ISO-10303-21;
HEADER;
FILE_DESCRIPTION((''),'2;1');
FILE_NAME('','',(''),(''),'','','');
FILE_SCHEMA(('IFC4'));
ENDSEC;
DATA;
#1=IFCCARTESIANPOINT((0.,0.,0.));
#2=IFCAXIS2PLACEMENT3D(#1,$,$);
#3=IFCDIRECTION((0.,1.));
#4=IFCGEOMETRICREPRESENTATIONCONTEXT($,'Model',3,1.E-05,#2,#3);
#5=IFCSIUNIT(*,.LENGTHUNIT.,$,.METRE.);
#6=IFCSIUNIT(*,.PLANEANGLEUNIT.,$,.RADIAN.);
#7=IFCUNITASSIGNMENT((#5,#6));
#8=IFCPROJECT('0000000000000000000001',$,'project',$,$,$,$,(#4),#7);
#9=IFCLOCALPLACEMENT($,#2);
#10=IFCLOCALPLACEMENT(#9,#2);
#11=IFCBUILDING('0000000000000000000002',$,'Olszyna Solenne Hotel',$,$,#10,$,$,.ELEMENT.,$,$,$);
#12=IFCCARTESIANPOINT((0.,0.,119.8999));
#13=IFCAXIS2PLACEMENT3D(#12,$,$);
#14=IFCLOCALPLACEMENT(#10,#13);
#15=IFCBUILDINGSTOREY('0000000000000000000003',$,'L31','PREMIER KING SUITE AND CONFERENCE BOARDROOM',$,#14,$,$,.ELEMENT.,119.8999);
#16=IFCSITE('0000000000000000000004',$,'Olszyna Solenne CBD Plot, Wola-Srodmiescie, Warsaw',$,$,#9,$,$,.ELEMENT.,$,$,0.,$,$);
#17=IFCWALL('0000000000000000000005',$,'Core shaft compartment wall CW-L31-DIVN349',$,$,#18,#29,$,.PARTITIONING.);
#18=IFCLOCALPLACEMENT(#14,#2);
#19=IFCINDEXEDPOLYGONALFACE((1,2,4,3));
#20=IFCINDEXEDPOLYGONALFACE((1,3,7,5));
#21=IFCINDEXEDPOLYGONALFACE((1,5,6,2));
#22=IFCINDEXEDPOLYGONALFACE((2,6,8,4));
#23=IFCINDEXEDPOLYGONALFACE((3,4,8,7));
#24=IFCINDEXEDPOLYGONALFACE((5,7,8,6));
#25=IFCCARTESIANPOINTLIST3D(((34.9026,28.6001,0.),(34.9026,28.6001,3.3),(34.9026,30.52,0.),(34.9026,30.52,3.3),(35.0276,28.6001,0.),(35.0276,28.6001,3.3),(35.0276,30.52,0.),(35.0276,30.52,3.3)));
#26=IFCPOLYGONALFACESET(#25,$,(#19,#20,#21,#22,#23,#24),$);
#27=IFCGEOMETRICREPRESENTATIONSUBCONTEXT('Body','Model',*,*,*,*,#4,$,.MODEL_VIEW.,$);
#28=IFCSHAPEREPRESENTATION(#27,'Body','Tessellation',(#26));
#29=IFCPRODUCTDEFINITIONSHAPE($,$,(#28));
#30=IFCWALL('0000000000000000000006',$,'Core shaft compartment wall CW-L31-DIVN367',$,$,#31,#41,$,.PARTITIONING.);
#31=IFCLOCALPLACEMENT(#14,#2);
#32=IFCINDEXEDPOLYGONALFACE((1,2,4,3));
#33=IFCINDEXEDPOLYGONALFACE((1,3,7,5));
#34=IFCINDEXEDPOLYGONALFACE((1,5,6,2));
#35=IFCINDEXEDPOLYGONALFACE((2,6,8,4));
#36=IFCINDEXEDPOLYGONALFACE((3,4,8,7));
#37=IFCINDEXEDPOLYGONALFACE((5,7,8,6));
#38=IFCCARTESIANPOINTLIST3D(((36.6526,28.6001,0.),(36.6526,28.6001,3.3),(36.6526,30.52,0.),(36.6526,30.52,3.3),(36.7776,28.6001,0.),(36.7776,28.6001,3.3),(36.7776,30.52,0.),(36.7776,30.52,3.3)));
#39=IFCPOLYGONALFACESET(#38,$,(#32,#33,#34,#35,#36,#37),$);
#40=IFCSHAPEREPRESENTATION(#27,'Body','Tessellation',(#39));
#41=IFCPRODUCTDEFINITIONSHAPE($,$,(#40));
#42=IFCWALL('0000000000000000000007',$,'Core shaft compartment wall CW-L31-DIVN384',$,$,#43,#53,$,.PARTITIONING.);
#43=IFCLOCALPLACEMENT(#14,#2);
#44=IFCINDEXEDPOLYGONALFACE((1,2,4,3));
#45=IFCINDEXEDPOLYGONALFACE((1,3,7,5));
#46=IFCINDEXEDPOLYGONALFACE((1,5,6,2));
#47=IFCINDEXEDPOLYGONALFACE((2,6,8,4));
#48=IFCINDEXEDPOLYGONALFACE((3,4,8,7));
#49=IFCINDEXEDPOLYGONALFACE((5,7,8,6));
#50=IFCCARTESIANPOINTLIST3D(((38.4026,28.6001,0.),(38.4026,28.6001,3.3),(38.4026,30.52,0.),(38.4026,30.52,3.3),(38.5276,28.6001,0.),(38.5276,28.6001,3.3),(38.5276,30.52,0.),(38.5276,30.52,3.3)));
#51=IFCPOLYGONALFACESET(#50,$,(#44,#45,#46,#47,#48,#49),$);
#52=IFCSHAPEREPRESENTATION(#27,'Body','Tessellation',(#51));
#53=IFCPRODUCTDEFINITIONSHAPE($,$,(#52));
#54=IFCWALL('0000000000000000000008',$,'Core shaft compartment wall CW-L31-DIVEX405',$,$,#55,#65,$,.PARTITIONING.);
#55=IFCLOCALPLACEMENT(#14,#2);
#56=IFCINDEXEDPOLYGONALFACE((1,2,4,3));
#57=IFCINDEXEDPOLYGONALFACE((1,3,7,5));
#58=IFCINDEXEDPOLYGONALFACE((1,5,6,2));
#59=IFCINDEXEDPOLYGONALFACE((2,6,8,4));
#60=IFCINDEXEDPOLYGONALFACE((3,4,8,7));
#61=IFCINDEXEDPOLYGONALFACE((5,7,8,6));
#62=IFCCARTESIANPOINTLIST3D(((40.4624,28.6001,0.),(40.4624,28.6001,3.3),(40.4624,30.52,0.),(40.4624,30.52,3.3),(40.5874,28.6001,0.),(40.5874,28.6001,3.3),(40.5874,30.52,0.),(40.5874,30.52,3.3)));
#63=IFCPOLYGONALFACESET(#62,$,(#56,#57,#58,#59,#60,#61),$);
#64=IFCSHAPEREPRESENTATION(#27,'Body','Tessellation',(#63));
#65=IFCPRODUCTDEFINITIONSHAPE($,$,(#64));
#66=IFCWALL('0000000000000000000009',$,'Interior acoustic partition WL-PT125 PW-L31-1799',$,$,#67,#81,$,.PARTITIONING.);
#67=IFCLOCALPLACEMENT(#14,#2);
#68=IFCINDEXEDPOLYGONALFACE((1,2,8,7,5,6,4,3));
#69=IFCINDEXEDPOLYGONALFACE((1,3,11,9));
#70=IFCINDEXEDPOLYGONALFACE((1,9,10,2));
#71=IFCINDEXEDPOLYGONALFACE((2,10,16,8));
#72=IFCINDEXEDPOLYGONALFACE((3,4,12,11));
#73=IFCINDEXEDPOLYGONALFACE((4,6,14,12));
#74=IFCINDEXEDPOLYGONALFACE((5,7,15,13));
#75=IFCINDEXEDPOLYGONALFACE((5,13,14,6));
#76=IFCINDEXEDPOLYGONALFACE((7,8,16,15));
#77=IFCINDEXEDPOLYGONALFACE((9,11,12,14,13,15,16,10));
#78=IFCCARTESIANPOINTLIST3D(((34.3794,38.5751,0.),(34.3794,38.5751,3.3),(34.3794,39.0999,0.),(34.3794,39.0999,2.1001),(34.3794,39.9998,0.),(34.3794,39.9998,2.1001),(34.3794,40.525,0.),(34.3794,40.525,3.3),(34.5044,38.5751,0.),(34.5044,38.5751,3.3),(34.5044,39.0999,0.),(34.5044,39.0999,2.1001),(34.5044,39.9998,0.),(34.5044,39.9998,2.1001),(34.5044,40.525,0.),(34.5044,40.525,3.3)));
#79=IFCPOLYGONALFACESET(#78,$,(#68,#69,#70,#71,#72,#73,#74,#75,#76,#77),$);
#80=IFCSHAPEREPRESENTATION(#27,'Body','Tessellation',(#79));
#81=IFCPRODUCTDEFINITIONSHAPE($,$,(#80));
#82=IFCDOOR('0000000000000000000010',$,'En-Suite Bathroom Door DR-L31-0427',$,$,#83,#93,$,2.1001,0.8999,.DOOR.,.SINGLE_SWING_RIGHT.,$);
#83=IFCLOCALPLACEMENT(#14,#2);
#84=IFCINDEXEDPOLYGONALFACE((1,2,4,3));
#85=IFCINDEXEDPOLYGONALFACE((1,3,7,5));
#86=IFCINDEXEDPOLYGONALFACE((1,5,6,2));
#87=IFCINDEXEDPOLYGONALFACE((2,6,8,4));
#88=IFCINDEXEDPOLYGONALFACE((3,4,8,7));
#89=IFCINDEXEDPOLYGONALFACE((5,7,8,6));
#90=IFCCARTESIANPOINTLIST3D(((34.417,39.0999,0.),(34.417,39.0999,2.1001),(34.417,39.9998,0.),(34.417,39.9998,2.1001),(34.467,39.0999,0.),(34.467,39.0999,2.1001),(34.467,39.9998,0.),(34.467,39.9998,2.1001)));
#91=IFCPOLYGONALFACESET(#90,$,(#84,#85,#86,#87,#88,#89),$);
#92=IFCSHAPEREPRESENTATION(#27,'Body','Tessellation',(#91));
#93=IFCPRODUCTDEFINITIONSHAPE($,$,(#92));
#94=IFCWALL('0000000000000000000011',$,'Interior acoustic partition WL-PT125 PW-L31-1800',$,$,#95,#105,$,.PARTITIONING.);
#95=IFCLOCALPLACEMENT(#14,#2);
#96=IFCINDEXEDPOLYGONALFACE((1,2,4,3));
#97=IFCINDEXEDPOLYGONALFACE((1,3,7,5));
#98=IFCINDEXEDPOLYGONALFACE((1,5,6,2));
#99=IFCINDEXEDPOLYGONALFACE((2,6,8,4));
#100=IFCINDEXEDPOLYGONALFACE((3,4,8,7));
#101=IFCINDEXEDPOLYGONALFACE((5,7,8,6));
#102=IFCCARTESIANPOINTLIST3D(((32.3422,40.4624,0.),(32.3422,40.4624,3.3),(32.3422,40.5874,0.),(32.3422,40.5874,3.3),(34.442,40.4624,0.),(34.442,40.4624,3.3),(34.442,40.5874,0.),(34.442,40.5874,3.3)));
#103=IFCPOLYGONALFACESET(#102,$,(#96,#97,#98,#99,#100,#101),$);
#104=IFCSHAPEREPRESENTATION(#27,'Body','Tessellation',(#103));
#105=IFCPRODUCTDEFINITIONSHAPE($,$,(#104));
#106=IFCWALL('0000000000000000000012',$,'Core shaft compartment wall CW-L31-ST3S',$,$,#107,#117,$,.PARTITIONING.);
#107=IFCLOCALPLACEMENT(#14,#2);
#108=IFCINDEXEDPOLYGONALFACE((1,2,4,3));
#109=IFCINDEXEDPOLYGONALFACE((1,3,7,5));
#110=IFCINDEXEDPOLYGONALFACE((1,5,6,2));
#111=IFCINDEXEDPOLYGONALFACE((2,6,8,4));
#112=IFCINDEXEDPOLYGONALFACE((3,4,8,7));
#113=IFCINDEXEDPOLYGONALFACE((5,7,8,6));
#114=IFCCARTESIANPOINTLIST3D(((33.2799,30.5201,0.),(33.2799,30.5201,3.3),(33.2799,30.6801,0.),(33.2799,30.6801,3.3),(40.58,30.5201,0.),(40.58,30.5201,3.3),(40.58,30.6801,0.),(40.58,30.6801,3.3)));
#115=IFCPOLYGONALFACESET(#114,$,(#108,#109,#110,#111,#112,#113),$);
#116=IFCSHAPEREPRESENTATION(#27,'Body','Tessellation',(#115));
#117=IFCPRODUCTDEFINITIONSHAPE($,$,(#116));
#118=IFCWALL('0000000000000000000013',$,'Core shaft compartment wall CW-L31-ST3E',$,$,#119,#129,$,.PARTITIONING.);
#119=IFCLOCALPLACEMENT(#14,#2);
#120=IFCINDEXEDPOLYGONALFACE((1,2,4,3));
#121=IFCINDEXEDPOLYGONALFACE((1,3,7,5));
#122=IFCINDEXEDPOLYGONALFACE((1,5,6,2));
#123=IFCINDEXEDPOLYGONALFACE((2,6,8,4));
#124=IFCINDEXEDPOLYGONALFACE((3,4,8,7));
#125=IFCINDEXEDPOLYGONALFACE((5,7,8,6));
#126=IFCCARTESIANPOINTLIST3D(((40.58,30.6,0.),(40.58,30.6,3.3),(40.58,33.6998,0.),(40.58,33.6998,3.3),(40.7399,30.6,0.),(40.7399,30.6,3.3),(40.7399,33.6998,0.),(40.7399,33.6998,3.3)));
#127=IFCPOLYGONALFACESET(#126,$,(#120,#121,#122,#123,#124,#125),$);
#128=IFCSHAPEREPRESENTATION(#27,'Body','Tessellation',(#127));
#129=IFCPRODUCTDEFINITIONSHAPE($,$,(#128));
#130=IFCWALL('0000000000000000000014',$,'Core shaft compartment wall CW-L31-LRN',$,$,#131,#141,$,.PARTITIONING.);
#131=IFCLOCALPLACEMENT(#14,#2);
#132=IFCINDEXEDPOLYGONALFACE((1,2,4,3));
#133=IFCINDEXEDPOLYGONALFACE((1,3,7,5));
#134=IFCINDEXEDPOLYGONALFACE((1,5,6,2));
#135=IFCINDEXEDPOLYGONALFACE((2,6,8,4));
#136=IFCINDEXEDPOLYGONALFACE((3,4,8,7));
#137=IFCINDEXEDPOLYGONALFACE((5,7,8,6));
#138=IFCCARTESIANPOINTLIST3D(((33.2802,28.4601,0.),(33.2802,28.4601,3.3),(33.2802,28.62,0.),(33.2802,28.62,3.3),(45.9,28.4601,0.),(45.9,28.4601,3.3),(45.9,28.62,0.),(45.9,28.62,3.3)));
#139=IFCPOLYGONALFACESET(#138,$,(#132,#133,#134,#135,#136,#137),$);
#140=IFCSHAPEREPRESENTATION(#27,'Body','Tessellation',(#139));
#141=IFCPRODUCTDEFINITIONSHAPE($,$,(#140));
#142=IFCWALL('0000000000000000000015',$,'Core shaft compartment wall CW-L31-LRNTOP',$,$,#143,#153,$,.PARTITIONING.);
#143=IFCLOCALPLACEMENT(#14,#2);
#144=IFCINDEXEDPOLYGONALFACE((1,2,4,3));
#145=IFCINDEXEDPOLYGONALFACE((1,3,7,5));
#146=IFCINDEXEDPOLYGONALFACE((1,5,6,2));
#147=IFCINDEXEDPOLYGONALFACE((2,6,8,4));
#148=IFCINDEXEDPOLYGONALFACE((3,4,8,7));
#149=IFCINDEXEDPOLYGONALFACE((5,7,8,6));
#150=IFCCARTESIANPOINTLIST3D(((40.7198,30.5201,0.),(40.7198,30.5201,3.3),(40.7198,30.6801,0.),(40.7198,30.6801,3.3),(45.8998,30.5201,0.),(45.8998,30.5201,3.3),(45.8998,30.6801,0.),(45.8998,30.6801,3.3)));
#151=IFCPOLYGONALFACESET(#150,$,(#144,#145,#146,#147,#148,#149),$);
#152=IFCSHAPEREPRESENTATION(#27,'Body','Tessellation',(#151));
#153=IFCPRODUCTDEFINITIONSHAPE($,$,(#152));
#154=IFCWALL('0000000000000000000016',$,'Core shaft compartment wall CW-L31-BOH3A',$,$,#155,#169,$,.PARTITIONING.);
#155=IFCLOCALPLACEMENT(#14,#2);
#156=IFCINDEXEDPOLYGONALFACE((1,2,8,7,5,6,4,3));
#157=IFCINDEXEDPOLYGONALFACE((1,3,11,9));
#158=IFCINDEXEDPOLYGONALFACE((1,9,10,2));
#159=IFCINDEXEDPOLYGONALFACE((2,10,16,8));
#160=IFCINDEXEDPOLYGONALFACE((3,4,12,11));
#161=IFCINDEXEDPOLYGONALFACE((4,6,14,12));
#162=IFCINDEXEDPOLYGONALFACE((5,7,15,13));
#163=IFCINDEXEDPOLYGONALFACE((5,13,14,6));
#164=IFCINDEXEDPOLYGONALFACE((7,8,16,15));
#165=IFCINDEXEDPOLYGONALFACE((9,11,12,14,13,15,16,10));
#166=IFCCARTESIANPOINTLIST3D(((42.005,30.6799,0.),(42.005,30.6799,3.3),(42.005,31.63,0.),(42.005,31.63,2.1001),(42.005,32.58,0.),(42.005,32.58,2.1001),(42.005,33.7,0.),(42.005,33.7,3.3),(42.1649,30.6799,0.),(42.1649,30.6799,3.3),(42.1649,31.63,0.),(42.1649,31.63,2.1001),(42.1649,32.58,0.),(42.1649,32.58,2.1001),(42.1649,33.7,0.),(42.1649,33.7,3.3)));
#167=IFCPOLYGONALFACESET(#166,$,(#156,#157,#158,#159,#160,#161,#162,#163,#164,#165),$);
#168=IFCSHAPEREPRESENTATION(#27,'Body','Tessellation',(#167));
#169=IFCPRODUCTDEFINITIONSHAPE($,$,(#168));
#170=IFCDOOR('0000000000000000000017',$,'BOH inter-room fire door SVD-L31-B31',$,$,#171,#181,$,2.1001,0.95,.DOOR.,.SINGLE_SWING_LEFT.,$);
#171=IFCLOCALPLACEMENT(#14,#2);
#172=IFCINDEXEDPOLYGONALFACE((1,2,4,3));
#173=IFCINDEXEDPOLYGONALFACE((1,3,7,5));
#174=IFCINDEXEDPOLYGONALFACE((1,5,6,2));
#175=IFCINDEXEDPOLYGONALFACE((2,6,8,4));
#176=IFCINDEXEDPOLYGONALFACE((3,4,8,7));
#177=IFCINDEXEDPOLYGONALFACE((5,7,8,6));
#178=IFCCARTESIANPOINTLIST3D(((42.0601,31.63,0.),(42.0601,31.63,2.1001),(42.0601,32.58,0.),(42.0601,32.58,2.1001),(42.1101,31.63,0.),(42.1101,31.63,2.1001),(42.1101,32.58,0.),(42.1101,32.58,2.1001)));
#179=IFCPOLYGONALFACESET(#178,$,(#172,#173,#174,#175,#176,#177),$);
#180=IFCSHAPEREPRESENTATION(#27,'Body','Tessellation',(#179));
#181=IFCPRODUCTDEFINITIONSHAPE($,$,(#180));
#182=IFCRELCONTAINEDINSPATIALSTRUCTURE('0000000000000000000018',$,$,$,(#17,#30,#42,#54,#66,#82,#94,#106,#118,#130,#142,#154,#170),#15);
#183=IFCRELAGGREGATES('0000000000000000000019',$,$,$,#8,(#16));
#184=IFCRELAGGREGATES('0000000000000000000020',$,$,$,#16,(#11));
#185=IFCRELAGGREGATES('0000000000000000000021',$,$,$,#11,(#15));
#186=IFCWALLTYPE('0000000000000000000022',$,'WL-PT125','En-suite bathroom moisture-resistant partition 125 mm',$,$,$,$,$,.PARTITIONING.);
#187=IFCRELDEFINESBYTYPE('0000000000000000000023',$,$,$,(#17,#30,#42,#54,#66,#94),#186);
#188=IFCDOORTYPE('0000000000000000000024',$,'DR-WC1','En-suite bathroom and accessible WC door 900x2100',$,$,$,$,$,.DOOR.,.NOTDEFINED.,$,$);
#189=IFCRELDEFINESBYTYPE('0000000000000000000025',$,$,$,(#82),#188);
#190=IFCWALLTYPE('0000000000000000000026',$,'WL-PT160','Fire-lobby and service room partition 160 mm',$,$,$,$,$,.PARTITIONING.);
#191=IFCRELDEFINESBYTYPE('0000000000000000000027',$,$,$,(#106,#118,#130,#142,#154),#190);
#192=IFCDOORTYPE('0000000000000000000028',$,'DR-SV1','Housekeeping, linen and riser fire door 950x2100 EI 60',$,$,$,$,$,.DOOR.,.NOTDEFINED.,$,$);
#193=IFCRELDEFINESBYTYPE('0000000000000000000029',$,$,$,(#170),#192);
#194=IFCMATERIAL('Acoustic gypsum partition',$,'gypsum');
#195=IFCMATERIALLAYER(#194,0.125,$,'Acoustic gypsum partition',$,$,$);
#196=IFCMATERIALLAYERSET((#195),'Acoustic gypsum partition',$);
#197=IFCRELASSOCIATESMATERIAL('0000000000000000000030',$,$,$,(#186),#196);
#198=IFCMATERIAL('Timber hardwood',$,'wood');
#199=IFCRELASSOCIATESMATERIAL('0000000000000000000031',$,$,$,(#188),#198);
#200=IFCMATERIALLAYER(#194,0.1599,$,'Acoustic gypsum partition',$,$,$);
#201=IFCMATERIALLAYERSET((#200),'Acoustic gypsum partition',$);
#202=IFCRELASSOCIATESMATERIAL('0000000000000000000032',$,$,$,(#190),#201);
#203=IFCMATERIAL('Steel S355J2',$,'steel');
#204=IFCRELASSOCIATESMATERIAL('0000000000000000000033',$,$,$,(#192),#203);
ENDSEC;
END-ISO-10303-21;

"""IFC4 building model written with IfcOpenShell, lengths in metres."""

from ifc_helpers import new_model, si_unit, direction, frame, frame_2d, origin, place, context, subcontext, project, spatial, rectangle, extrude, source, transform, mapped, material, layer, layer_set, type_object, type_shapes, element, fill, save


model = new_model("IFC4")

# Units and contexts
model_context = context("Model", 3, precision=1e-05, world=origin(), true_north=direction((0.0, 1.0)))
body_context = subcontext(model_context, "Body", "Model", "MODEL_VIEW")
ifc_project = project(units=[si_unit("LENGTHUNIT", "METRE"), si_unit("PLANEANGLEUNIT", "RADIAN")], contexts=[model_context])

# Site, building, storey
site_placement = place(None, origin())
site = spatial("IfcSite", under=ifc_project, at=site_placement, Name="Olszyna Solenne CBD Plot, Wola-Srodmiescie, Warsaw", CompositionType="ELEMENT", RefElevation=0.0)
building_placement = place(site_placement, origin())
building = spatial("IfcBuilding", under=site, at=building_placement, Name="Olszyna Solenne Hotel", CompositionType="ELEMENT")
storey_placement = place(building_placement, frame((0.0, 0.0, 119.8999)))
storey = spatial("IfcBuildingStorey", under=building, at=storey_placement, Name="L31", Description="PREMIER KING SUITE AND CONFERENCE BOARDROOM", CompositionType="ELEMENT", Elevation=119.8999)

# Shared definitions
ifc_material_1 = material(Name="Steel S355J2", Category="steel")

# Walls
ifc_material_2 = material(Name="Acoustic gypsum partition", Category="gypsum")
ifc_layer_1 = layer(ifc_material_2, 0.125, Name="Acoustic gypsum partition")
ifc_layer_set_1 = layer_set([ifc_layer_1], Name="Acoustic gypsum partition")
wall_type_1 = type_object("IfcWallType", Name="WL-PT125", Description="En-suite bathroom moisture-resistant partition 125 mm", PredefinedType="PARTITIONING", material=ifc_layer_set_1)
for number, where, z_axis, x_axis, name in (
    (1, (34.9651, 28.6001, 0.0), (0.0, 0.0, 1.0), (0.0, 1.0, 0.0), "Core shaft compartment wall CW-L31-DIVN349"),
    (2, (36.7151, 28.6001, 0.0), (0.0, 0.0, 1.0), (0.0, 1.0, 0.0), "Core shaft compartment wall CW-L31-DIVN367"),
    (3, (38.4651, 28.6001, 0.0), (0.0, 0.0, 1.0), (0.0, 1.0, 0.0), "Core shaft compartment wall CW-L31-DIVN384"),
    (4, (40.5249, 28.6001, 0.0), (0.0, 0.0, 1.0), (0.0, 1.0, 0.0), "Core shaft compartment wall CW-L31-DIVEX405"),
):
    element("IfcWall", number, at=place(storey_placement, frame(where, z_axis=z_axis, x_axis=x_axis)), inside=storey, type_object=wall_type_1, Name=name, PredefinedType="PARTITIONING", context=body_context, shape_type="SweptSolid", body=[
        extrude(rectangle(XDim=1.9199, YDim=0.125, at=frame_2d((0.96, 0.0))), origin(), (0.0, 0.0, 1.0), 3.3),
    ])

# Wall, opening, door
wall_1_placement = place(storey_placement, frame((34.4419, 38.575, 0.0), z_axis=(0.0, 0.0, 1.0), x_axis=(0.0, 1.0, 0.0)))
wall_1 = element("IfcWall", 5, at=wall_1_placement, inside=storey, type_object=wall_type_1, Name="Interior acoustic partition WL-PT125 PW-L31-1799", PredefinedType="PARTITIONING", context=body_context, shape_type="SweptSolid", body=[
    extrude(rectangle(XDim=1.95, YDim=0.125, at=frame_2d((0.9751, 0.0))), origin(), (0.0, 0.0, 1.0), 3.3),
])
opening_1_placement = place(wall_1_placement, frame((0.5249, 0.0, 0.0)))
opening_1 = element("IfcOpeningElement", 6, at=opening_1_placement, cuts=wall_1, PredefinedType="OPENING", context=body_context, shape_type="SweptSolid", body=[
    extrude(rectangle(XDim=0.8999, YDim=2.1001, at=frame_2d((0.45, 1.05))), frame((0.0, 0.0725, 0.0), z_axis=(0.0, -1.0, 0.0), x_axis=(1.0, 0.0, 0.0)), (0.0, 0.0, 1.0), 0.145),
])
ifc_material_3 = material(Name="Timber hardwood", Category="wood")
door_type_1 = type_object("IfcDoorType", Name="DR-WC1", Description="En-suite bathroom and accessible WC door 900x2100", OperationType="NOTDEFINED", PredefinedType="DOOR", material=ifc_material_3)
shared_shape_1 = source(origin(), body_context, "Body", "SweptSolid", [
    extrude(rectangle(XDim=0.8999, YDim=2.1001, at=frame_2d((0.45, 1.05))), frame((0.0, 0.0249, 0.0), z_axis=(0.0, -1.0, 0.0), x_axis=(1.0, 0.0, 0.0)), (0.0, 0.0, 1.0), 0.05),
])
type_shapes(door_type_1, [shared_shape_1])
door_1_placement = place(opening_1_placement, origin())
door_1 = element("IfcDoor", 7, at=door_1_placement, inside=storey, type_object=door_type_1, Name="En-Suite Bathroom Door DR-L31-0427", OperationType="SINGLE_SWING_RIGHT", OverallHeight=2.1001, OverallWidth=0.8999, PredefinedType="DOOR", context=body_context, shape_type="MappedRepresentation", body=[
    mapped(shared_shape_1, transform((0.0, 0.0, 0.0), x_axis=(1.0, 0.0, 0.0), y_axis=(0.0, 1.0, 0.0), z_axis=(0.0, 0.0, 1.0), scale=1.0)),
])
fill(opening_1, door_1)

# Walls
wall_2_placement = place(storey_placement, frame((34.4419, 40.5249, 0.0), z_axis=(0.0, 0.0, 1.0), x_axis=(-1.0, 0.0, 0.0)))
element("IfcWall", 8, at=wall_2_placement, inside=storey, type_object=wall_type_1, Name="Interior acoustic partition WL-PT125 PW-L31-1800", PredefinedType="PARTITIONING", context=body_context, shape_type="SweptSolid", body=[
    extrude(rectangle(XDim=2.0999, YDim=0.125, at=frame_2d((1.0498, 0.0))), origin(), (0.0, 0.0, 1.0), 3.3),
])
ifc_layer_2 = layer(ifc_material_2, 0.1599, Name="Acoustic gypsum partition")
ifc_layer_set_2 = layer_set([ifc_layer_2], Name="Acoustic gypsum partition")
wall_type_2 = type_object("IfcWallType", Name="WL-PT160", Description="Fire-lobby and service room partition 160 mm", PredefinedType="PARTITIONING", material=ifc_layer_set_2)
wall_3_placement = place(storey_placement, frame((33.28, 30.6001, 0.0), z_axis=(0.0, 0.0, 1.0), x_axis=(1.0, 0.0, 0.0)))
element("IfcWall", 9, at=wall_3_placement, inside=storey, type_object=wall_type_2, Name="Core shaft compartment wall CW-L31-ST3S", PredefinedType="PARTITIONING", context=body_context, shape_type="SweptSolid", body=[
    extrude(rectangle(XDim=7.3, YDim=0.1599, at=frame_2d((3.6499, 0.0))), origin(), (0.0, 0.0, 1.0), 3.3),
])
wall_4_placement = place(storey_placement, frame((40.6599, 30.6001, 0.0), z_axis=(0.0, 0.0, 1.0), x_axis=(0.0, 1.0, 0.0)))
element("IfcWall", 10, at=wall_4_placement, inside=storey, type_object=wall_type_2, Name="Core shaft compartment wall CW-L31-ST3E", PredefinedType="PARTITIONING", context=body_context, shape_type="SweptSolid", body=[
    extrude(rectangle(XDim=3.0999, YDim=0.1599, at=frame_2d((1.5498, 0.0))), origin(), (0.0, 0.0, 1.0), 3.3),
])
wall_5_placement = place(storey_placement, frame((33.28, 28.54, 0.0), z_axis=(0.0, 0.0, 1.0), x_axis=(1.0, 0.0, 0.0)))
element("IfcWall", 11, at=wall_5_placement, inside=storey, type_object=wall_type_2, Name="Core shaft compartment wall CW-L31-LRN", PredefinedType="PARTITIONING", context=body_context, shape_type="SweptSolid", body=[
    extrude(rectangle(XDim=12.6199, YDim=0.1599, at=frame_2d((6.3101, 0.0))), origin(), (0.0, 0.0, 1.0), 3.3),
])
wall_6_placement = place(storey_placement, frame((40.72, 30.6001, 0.0), z_axis=(0.0, 0.0, 1.0), x_axis=(1.0, 0.0, 0.0)))
element("IfcWall", 12, at=wall_6_placement, inside=storey, type_object=wall_type_2, Name="Core shaft compartment wall CW-L31-LRNTOP", PredefinedType="PARTITIONING", context=body_context, shape_type="SweptSolid", body=[
    extrude(rectangle(XDim=5.1799, YDim=0.1599, at=frame_2d((2.5898, 0.0))), origin(), (0.0, 0.0, 1.0), 3.3),
])

# Wall, opening, door
wall_7_placement = place(storey_placement, frame((42.085, 30.6799, 0.0), z_axis=(0.0, 0.0, 1.0), x_axis=(0.0, 1.0, 0.0)))
wall_7 = element("IfcWall", 13, at=wall_7_placement, inside=storey, type_object=wall_type_2, Name="Core shaft compartment wall CW-L31-BOH3A", PredefinedType="PARTITIONING", context=body_context, shape_type="SweptSolid", body=[
    extrude(rectangle(XDim=3.02, YDim=0.1599, at=frame_2d((1.51, 0.0))), origin(), (0.0, 0.0, 1.0), 3.3),
])
opening_2_placement = place(wall_7_placement, frame((0.95, 0.0, 0.0)))
opening_2 = element("IfcOpeningElement", 14, at=opening_2_placement, cuts=wall_7, PredefinedType="OPENING", context=body_context, shape_type="SweptSolid", body=[
    extrude(rectangle(XDim=0.95, YDim=2.1001, at=frame_2d((0.4751, 1.05))), frame((0.0, 0.0898, 0.0), z_axis=(0.0, -1.0, 0.0), x_axis=(1.0, 0.0, 0.0)), (0.0, 0.0, 1.0), 0.1799),
])
door_type_2 = type_object("IfcDoorType", Name="DR-SV1", Description="Housekeeping, linen and riser fire door 950x2100 EI 60", OperationType="NOTDEFINED", PredefinedType="DOOR", material=ifc_material_1)
shared_shape_2 = source(origin(), body_context, "Body", "SweptSolid", [
    extrude(rectangle(XDim=0.95, YDim=2.1001, at=frame_2d((0.4751, 1.05))), frame((0.0, 0.0249, 0.0), z_axis=(0.0, -1.0, 0.0), x_axis=(1.0, 0.0, 0.0)), (0.0, 0.0, 1.0), 0.05),
])
type_shapes(door_type_2, [shared_shape_2])
door_2_placement = place(opening_2_placement, origin())
door_2 = element("IfcDoor", 15, at=door_2_placement, inside=storey, type_object=door_type_2, Name="BOH inter-room fire door SVD-L31-B31", OperationType="SINGLE_SWING_LEFT", OverallHeight=2.1001, OverallWidth=0.95, PredefinedType="DOOR", context=body_context, shape_type="MappedRepresentation", body=[
    mapped(shared_shape_2, transform((0.0, 0.0, 0.0), x_axis=(1.0, 0.0, 0.0), y_axis=(0.0, 1.0, 0.0), z_axis=(0.0, 0.0, 1.0), scale=1.0)),
])
fill(opening_2, door_2)

save(model, "model.ifc")
